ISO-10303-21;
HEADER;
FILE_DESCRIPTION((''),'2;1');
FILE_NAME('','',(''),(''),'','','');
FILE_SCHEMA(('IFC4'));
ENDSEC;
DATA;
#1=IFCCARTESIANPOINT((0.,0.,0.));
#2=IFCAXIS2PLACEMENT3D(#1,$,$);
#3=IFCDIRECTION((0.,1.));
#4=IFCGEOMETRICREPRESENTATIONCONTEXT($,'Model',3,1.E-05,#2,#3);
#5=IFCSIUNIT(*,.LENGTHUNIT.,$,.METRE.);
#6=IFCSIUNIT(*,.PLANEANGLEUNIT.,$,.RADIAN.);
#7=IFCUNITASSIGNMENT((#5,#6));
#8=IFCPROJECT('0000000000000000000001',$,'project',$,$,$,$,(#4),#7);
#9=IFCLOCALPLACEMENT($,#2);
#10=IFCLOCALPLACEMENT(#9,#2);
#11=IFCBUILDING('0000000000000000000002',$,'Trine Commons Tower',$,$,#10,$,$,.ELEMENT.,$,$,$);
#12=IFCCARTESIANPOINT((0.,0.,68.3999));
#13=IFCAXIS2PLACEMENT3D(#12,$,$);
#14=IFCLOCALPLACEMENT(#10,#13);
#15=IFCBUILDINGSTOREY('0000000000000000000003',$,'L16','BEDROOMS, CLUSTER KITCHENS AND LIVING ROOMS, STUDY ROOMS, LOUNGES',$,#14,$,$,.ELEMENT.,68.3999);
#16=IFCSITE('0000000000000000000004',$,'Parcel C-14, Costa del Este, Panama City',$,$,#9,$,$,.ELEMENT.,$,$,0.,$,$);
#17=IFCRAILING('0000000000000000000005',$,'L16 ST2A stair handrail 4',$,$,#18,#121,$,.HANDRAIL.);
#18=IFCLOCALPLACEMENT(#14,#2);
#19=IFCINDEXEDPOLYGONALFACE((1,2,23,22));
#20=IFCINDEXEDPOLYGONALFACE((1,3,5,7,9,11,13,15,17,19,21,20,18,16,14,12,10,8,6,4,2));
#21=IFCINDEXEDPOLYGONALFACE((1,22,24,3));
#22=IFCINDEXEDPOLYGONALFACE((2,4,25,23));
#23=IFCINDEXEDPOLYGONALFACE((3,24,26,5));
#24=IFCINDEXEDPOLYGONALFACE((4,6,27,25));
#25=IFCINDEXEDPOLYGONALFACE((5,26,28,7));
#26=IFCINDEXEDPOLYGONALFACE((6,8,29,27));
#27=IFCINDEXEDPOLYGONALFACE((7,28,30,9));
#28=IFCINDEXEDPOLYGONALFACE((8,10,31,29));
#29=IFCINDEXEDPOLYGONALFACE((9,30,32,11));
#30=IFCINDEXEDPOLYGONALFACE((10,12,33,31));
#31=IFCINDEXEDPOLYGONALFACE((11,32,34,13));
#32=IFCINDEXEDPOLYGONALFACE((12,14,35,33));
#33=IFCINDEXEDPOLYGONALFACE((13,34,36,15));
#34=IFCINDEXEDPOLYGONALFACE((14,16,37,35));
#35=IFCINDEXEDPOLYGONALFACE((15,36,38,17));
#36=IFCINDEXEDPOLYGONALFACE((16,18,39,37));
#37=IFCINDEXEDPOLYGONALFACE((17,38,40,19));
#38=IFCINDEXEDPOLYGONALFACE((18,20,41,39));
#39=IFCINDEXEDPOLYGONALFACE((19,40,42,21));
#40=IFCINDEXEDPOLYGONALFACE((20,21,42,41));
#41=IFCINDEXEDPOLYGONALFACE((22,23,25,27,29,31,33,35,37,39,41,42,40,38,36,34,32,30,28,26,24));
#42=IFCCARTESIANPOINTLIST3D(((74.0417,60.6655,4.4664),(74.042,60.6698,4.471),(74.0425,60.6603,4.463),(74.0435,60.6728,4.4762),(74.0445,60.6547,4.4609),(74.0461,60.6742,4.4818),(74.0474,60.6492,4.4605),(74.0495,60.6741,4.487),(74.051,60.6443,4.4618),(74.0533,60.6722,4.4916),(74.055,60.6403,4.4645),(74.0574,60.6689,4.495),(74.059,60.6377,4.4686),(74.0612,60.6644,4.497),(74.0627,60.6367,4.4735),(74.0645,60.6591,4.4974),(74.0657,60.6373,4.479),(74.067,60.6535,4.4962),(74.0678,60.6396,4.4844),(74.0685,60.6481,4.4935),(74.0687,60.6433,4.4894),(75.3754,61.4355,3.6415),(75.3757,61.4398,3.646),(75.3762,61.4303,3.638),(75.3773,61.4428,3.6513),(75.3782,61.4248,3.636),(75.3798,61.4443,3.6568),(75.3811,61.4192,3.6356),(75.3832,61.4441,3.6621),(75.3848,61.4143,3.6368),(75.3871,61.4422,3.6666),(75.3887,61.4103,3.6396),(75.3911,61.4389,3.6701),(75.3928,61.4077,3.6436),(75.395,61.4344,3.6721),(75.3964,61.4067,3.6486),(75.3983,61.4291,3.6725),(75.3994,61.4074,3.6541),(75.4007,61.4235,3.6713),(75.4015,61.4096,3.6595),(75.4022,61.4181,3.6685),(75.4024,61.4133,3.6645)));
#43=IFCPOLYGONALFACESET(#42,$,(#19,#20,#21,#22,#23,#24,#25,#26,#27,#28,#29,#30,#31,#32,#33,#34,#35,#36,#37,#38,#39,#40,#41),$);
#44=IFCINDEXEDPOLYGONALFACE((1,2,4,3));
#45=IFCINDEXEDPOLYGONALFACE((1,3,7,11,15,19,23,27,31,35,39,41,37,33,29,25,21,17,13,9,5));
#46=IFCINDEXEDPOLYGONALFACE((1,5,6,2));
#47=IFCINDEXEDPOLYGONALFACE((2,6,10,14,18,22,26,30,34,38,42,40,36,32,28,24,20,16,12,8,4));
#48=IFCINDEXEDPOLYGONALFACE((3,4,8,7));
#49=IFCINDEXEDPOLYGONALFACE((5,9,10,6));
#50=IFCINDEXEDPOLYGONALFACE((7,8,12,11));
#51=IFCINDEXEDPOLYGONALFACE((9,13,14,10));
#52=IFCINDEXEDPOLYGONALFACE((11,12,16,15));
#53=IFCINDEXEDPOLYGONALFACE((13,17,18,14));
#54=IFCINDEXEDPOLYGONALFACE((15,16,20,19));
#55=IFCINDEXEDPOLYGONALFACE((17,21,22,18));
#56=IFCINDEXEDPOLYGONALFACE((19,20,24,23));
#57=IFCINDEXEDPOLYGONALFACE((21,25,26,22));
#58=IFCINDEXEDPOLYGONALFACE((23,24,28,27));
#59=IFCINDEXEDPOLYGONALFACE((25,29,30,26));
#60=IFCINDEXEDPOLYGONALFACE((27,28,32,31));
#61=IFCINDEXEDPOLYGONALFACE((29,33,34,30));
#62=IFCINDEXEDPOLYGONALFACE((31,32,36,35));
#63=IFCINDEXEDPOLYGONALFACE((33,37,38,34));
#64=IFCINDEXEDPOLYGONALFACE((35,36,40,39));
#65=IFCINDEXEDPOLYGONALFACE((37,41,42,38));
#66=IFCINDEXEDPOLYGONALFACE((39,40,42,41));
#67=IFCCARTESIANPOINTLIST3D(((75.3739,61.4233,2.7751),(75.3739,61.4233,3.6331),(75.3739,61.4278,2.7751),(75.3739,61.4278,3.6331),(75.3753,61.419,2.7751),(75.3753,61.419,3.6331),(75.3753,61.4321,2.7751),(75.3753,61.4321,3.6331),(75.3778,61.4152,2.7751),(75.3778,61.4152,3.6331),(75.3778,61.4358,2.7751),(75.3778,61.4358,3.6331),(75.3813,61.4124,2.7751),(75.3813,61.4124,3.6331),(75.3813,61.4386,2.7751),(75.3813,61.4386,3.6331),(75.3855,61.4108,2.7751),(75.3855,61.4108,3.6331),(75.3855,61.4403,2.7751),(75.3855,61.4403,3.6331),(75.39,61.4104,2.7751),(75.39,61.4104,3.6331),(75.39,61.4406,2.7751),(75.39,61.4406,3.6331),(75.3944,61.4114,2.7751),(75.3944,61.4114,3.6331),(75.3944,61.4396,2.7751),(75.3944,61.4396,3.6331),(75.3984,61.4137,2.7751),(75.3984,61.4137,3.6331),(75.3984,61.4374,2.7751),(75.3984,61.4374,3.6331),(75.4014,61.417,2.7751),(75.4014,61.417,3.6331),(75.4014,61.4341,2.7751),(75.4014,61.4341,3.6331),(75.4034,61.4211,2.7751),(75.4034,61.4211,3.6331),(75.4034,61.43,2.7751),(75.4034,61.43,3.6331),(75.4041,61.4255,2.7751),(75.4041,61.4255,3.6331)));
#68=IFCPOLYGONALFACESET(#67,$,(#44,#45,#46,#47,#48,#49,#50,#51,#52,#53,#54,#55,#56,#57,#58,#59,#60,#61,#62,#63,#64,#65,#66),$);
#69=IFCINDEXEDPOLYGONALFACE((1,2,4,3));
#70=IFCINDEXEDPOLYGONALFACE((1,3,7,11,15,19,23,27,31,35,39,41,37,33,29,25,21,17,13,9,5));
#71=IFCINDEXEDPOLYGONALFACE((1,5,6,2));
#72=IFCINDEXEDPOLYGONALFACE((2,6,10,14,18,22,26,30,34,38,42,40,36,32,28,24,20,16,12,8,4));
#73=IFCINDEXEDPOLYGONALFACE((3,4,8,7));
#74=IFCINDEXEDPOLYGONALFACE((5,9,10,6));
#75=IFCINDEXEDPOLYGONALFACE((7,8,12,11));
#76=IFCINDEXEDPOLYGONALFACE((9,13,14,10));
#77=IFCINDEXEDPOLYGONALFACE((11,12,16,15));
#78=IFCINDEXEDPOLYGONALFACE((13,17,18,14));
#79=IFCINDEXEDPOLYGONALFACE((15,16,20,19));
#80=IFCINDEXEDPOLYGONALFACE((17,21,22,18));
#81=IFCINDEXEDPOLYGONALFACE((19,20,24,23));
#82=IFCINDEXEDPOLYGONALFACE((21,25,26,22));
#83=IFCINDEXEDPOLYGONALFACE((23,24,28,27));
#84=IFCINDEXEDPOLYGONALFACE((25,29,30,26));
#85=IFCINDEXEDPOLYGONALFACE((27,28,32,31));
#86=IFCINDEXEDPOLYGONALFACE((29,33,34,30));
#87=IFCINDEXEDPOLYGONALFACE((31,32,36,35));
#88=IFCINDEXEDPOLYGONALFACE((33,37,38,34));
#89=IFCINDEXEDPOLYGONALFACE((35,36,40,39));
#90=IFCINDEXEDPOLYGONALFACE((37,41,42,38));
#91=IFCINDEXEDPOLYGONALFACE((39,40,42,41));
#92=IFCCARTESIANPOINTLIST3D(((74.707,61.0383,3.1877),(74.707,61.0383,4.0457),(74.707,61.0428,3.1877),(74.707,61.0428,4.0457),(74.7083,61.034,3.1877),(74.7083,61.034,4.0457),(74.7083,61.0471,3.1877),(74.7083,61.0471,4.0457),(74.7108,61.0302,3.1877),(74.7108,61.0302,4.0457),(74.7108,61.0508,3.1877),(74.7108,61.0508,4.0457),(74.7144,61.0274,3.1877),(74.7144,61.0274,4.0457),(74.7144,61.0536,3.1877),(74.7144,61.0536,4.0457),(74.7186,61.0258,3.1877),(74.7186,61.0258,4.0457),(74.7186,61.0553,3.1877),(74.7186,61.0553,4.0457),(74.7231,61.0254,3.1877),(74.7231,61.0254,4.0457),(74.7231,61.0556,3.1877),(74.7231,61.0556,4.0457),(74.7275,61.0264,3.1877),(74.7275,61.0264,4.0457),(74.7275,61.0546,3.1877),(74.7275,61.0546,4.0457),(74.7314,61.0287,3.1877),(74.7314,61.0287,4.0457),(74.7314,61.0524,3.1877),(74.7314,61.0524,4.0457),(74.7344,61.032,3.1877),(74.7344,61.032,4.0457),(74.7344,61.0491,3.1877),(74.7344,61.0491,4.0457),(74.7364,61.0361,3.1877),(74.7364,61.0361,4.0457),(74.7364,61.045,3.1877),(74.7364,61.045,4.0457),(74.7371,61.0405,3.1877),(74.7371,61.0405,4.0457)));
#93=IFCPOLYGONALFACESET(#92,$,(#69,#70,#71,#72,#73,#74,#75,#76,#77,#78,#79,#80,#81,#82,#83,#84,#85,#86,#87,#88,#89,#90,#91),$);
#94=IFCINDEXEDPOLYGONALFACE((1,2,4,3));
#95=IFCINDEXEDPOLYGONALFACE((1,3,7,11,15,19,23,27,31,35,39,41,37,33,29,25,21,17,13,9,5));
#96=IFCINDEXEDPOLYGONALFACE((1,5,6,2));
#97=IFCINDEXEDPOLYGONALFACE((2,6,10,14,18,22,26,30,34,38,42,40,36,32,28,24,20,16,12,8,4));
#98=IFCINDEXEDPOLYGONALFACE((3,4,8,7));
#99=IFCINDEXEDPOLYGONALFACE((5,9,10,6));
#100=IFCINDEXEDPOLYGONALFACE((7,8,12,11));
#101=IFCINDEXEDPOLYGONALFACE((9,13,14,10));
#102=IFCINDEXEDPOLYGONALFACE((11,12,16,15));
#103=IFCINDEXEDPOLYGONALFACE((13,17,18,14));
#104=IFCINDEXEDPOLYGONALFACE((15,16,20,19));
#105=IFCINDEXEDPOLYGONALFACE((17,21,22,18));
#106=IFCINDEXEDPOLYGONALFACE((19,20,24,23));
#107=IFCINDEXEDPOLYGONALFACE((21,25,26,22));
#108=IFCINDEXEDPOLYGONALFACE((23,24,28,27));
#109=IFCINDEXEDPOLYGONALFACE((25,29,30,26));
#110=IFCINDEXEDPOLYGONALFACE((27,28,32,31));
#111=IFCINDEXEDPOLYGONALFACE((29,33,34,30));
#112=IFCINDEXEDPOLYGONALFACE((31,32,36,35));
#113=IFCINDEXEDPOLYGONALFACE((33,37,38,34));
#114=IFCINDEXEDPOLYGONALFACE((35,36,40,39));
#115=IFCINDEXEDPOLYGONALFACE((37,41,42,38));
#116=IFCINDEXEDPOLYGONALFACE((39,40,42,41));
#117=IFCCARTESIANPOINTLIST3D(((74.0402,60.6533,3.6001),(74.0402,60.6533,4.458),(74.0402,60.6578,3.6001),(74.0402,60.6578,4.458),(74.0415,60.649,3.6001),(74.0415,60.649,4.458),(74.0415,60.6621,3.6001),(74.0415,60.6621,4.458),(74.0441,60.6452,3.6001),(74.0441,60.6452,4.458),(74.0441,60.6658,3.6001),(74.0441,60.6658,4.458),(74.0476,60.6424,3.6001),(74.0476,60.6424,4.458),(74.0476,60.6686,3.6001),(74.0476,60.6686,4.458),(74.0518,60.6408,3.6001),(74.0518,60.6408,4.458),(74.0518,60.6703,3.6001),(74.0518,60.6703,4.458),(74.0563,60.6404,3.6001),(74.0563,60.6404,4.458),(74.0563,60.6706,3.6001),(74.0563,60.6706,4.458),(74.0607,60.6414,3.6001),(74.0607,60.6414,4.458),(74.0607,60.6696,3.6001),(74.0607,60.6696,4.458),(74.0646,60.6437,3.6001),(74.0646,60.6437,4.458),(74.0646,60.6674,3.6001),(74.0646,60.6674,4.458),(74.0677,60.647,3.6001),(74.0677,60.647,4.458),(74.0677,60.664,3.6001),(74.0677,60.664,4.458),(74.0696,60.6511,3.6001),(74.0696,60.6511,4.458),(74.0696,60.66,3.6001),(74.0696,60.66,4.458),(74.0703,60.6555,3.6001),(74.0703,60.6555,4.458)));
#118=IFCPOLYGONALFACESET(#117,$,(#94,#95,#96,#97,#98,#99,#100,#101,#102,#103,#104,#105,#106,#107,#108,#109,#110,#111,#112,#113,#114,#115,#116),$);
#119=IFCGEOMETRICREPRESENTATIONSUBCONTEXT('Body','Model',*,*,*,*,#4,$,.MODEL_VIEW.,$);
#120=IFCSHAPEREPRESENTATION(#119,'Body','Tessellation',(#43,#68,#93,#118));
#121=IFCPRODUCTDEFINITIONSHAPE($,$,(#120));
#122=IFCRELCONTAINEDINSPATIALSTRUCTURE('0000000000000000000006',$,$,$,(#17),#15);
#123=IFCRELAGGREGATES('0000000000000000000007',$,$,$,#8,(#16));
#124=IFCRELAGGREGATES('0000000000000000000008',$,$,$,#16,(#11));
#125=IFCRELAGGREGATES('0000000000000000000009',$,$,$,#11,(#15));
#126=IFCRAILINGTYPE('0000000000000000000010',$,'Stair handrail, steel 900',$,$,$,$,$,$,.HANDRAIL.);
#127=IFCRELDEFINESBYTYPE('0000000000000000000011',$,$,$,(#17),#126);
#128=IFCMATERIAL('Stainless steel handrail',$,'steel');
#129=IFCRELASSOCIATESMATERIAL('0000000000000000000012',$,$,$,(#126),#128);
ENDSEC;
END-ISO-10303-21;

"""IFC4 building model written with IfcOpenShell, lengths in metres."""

from ifc_helpers import new_model, si_unit, direction, frame, origin, origin_2d, place, context, subcontext, project, spatial, circle, extrude, material, type_object, element, save


model = new_model("IFC4")

# Units and contexts
model_context = context("Model", 3, precision=1e-05, world=origin(), true_north=direction((0.0, 1.0)))
body_context = subcontext(model_context, "Body", "Model", "MODEL_VIEW")
ifc_project = project(units=[si_unit("LENGTHUNIT", "METRE"), si_unit("PLANEANGLEUNIT", "RADIAN")], contexts=[model_context])

# Site, building, storey
site_placement = place(None, origin())
site = spatial("IfcSite", under=ifc_project, at=site_placement, Name="Parcel C-14, Costa del Este, Panama City", CompositionType="ELEMENT", RefElevation=0.0)
building_placement = place(site_placement, origin())
building = spatial("IfcBuilding", under=site, at=building_placement, Name="Trine Commons Tower", CompositionType="ELEMENT")
storey_placement = place(building_placement, frame((0.0, 0.0, 68.3999)))
storey = spatial("IfcBuildingStorey", under=building, at=storey_placement, Name="L16", Description="BEDROOMS, CLUSTER KITCHENS AND LIVING ROOMS, STUDY ROOMS, LOUNGES", CompositionType="ELEMENT", Elevation=68.3999)

# Railing
ifc_material_1 = material(Name="Stainless steel handrail", Category="steel")
railing_type_1 = type_object("IfcRailingType", Name="Stair handrail, steel 900", PredefinedType="HANDRAIL", material=ifc_material_1)
railing_1_placement = place(storey_placement, frame((75.3889, 61.4255, 2.7751)))
element("IfcRailing", 1, at=railing_1_placement, inside=storey, type_object=railing_type_1, Name="L16 ST2A stair handrail 4", PredefinedType="HANDRAIL", context=body_context, shape_type="SweptSolid", body=[
    extrude(circle(Radius=0.021, at=origin_2d()), frame((0.0, 0.0, 0.8789), z_axis=(-0.763405, -0.440743, 0.472185), x_axis=(0.499992, -0.86603, 0.0)), (0.0, 0.0, 1.0), 1.7471),
    extrude(circle(Radius=0.0151, at=origin_2d()), origin(), (0.0, 0.0, 1.0), 0.8579),
    extrude(circle(Radius=0.0151, at=origin_2d()), frame((-0.667, -0.385, 0.4126)), (0.0, 0.0, 1.0), 0.8579),
    extrude(circle(Radius=0.0151, at=origin_2d()), frame((-1.3337, -0.77, 0.825)), (0.0, 0.0, 1.0), 0.8579),
])

save(model, "model.ifc")
